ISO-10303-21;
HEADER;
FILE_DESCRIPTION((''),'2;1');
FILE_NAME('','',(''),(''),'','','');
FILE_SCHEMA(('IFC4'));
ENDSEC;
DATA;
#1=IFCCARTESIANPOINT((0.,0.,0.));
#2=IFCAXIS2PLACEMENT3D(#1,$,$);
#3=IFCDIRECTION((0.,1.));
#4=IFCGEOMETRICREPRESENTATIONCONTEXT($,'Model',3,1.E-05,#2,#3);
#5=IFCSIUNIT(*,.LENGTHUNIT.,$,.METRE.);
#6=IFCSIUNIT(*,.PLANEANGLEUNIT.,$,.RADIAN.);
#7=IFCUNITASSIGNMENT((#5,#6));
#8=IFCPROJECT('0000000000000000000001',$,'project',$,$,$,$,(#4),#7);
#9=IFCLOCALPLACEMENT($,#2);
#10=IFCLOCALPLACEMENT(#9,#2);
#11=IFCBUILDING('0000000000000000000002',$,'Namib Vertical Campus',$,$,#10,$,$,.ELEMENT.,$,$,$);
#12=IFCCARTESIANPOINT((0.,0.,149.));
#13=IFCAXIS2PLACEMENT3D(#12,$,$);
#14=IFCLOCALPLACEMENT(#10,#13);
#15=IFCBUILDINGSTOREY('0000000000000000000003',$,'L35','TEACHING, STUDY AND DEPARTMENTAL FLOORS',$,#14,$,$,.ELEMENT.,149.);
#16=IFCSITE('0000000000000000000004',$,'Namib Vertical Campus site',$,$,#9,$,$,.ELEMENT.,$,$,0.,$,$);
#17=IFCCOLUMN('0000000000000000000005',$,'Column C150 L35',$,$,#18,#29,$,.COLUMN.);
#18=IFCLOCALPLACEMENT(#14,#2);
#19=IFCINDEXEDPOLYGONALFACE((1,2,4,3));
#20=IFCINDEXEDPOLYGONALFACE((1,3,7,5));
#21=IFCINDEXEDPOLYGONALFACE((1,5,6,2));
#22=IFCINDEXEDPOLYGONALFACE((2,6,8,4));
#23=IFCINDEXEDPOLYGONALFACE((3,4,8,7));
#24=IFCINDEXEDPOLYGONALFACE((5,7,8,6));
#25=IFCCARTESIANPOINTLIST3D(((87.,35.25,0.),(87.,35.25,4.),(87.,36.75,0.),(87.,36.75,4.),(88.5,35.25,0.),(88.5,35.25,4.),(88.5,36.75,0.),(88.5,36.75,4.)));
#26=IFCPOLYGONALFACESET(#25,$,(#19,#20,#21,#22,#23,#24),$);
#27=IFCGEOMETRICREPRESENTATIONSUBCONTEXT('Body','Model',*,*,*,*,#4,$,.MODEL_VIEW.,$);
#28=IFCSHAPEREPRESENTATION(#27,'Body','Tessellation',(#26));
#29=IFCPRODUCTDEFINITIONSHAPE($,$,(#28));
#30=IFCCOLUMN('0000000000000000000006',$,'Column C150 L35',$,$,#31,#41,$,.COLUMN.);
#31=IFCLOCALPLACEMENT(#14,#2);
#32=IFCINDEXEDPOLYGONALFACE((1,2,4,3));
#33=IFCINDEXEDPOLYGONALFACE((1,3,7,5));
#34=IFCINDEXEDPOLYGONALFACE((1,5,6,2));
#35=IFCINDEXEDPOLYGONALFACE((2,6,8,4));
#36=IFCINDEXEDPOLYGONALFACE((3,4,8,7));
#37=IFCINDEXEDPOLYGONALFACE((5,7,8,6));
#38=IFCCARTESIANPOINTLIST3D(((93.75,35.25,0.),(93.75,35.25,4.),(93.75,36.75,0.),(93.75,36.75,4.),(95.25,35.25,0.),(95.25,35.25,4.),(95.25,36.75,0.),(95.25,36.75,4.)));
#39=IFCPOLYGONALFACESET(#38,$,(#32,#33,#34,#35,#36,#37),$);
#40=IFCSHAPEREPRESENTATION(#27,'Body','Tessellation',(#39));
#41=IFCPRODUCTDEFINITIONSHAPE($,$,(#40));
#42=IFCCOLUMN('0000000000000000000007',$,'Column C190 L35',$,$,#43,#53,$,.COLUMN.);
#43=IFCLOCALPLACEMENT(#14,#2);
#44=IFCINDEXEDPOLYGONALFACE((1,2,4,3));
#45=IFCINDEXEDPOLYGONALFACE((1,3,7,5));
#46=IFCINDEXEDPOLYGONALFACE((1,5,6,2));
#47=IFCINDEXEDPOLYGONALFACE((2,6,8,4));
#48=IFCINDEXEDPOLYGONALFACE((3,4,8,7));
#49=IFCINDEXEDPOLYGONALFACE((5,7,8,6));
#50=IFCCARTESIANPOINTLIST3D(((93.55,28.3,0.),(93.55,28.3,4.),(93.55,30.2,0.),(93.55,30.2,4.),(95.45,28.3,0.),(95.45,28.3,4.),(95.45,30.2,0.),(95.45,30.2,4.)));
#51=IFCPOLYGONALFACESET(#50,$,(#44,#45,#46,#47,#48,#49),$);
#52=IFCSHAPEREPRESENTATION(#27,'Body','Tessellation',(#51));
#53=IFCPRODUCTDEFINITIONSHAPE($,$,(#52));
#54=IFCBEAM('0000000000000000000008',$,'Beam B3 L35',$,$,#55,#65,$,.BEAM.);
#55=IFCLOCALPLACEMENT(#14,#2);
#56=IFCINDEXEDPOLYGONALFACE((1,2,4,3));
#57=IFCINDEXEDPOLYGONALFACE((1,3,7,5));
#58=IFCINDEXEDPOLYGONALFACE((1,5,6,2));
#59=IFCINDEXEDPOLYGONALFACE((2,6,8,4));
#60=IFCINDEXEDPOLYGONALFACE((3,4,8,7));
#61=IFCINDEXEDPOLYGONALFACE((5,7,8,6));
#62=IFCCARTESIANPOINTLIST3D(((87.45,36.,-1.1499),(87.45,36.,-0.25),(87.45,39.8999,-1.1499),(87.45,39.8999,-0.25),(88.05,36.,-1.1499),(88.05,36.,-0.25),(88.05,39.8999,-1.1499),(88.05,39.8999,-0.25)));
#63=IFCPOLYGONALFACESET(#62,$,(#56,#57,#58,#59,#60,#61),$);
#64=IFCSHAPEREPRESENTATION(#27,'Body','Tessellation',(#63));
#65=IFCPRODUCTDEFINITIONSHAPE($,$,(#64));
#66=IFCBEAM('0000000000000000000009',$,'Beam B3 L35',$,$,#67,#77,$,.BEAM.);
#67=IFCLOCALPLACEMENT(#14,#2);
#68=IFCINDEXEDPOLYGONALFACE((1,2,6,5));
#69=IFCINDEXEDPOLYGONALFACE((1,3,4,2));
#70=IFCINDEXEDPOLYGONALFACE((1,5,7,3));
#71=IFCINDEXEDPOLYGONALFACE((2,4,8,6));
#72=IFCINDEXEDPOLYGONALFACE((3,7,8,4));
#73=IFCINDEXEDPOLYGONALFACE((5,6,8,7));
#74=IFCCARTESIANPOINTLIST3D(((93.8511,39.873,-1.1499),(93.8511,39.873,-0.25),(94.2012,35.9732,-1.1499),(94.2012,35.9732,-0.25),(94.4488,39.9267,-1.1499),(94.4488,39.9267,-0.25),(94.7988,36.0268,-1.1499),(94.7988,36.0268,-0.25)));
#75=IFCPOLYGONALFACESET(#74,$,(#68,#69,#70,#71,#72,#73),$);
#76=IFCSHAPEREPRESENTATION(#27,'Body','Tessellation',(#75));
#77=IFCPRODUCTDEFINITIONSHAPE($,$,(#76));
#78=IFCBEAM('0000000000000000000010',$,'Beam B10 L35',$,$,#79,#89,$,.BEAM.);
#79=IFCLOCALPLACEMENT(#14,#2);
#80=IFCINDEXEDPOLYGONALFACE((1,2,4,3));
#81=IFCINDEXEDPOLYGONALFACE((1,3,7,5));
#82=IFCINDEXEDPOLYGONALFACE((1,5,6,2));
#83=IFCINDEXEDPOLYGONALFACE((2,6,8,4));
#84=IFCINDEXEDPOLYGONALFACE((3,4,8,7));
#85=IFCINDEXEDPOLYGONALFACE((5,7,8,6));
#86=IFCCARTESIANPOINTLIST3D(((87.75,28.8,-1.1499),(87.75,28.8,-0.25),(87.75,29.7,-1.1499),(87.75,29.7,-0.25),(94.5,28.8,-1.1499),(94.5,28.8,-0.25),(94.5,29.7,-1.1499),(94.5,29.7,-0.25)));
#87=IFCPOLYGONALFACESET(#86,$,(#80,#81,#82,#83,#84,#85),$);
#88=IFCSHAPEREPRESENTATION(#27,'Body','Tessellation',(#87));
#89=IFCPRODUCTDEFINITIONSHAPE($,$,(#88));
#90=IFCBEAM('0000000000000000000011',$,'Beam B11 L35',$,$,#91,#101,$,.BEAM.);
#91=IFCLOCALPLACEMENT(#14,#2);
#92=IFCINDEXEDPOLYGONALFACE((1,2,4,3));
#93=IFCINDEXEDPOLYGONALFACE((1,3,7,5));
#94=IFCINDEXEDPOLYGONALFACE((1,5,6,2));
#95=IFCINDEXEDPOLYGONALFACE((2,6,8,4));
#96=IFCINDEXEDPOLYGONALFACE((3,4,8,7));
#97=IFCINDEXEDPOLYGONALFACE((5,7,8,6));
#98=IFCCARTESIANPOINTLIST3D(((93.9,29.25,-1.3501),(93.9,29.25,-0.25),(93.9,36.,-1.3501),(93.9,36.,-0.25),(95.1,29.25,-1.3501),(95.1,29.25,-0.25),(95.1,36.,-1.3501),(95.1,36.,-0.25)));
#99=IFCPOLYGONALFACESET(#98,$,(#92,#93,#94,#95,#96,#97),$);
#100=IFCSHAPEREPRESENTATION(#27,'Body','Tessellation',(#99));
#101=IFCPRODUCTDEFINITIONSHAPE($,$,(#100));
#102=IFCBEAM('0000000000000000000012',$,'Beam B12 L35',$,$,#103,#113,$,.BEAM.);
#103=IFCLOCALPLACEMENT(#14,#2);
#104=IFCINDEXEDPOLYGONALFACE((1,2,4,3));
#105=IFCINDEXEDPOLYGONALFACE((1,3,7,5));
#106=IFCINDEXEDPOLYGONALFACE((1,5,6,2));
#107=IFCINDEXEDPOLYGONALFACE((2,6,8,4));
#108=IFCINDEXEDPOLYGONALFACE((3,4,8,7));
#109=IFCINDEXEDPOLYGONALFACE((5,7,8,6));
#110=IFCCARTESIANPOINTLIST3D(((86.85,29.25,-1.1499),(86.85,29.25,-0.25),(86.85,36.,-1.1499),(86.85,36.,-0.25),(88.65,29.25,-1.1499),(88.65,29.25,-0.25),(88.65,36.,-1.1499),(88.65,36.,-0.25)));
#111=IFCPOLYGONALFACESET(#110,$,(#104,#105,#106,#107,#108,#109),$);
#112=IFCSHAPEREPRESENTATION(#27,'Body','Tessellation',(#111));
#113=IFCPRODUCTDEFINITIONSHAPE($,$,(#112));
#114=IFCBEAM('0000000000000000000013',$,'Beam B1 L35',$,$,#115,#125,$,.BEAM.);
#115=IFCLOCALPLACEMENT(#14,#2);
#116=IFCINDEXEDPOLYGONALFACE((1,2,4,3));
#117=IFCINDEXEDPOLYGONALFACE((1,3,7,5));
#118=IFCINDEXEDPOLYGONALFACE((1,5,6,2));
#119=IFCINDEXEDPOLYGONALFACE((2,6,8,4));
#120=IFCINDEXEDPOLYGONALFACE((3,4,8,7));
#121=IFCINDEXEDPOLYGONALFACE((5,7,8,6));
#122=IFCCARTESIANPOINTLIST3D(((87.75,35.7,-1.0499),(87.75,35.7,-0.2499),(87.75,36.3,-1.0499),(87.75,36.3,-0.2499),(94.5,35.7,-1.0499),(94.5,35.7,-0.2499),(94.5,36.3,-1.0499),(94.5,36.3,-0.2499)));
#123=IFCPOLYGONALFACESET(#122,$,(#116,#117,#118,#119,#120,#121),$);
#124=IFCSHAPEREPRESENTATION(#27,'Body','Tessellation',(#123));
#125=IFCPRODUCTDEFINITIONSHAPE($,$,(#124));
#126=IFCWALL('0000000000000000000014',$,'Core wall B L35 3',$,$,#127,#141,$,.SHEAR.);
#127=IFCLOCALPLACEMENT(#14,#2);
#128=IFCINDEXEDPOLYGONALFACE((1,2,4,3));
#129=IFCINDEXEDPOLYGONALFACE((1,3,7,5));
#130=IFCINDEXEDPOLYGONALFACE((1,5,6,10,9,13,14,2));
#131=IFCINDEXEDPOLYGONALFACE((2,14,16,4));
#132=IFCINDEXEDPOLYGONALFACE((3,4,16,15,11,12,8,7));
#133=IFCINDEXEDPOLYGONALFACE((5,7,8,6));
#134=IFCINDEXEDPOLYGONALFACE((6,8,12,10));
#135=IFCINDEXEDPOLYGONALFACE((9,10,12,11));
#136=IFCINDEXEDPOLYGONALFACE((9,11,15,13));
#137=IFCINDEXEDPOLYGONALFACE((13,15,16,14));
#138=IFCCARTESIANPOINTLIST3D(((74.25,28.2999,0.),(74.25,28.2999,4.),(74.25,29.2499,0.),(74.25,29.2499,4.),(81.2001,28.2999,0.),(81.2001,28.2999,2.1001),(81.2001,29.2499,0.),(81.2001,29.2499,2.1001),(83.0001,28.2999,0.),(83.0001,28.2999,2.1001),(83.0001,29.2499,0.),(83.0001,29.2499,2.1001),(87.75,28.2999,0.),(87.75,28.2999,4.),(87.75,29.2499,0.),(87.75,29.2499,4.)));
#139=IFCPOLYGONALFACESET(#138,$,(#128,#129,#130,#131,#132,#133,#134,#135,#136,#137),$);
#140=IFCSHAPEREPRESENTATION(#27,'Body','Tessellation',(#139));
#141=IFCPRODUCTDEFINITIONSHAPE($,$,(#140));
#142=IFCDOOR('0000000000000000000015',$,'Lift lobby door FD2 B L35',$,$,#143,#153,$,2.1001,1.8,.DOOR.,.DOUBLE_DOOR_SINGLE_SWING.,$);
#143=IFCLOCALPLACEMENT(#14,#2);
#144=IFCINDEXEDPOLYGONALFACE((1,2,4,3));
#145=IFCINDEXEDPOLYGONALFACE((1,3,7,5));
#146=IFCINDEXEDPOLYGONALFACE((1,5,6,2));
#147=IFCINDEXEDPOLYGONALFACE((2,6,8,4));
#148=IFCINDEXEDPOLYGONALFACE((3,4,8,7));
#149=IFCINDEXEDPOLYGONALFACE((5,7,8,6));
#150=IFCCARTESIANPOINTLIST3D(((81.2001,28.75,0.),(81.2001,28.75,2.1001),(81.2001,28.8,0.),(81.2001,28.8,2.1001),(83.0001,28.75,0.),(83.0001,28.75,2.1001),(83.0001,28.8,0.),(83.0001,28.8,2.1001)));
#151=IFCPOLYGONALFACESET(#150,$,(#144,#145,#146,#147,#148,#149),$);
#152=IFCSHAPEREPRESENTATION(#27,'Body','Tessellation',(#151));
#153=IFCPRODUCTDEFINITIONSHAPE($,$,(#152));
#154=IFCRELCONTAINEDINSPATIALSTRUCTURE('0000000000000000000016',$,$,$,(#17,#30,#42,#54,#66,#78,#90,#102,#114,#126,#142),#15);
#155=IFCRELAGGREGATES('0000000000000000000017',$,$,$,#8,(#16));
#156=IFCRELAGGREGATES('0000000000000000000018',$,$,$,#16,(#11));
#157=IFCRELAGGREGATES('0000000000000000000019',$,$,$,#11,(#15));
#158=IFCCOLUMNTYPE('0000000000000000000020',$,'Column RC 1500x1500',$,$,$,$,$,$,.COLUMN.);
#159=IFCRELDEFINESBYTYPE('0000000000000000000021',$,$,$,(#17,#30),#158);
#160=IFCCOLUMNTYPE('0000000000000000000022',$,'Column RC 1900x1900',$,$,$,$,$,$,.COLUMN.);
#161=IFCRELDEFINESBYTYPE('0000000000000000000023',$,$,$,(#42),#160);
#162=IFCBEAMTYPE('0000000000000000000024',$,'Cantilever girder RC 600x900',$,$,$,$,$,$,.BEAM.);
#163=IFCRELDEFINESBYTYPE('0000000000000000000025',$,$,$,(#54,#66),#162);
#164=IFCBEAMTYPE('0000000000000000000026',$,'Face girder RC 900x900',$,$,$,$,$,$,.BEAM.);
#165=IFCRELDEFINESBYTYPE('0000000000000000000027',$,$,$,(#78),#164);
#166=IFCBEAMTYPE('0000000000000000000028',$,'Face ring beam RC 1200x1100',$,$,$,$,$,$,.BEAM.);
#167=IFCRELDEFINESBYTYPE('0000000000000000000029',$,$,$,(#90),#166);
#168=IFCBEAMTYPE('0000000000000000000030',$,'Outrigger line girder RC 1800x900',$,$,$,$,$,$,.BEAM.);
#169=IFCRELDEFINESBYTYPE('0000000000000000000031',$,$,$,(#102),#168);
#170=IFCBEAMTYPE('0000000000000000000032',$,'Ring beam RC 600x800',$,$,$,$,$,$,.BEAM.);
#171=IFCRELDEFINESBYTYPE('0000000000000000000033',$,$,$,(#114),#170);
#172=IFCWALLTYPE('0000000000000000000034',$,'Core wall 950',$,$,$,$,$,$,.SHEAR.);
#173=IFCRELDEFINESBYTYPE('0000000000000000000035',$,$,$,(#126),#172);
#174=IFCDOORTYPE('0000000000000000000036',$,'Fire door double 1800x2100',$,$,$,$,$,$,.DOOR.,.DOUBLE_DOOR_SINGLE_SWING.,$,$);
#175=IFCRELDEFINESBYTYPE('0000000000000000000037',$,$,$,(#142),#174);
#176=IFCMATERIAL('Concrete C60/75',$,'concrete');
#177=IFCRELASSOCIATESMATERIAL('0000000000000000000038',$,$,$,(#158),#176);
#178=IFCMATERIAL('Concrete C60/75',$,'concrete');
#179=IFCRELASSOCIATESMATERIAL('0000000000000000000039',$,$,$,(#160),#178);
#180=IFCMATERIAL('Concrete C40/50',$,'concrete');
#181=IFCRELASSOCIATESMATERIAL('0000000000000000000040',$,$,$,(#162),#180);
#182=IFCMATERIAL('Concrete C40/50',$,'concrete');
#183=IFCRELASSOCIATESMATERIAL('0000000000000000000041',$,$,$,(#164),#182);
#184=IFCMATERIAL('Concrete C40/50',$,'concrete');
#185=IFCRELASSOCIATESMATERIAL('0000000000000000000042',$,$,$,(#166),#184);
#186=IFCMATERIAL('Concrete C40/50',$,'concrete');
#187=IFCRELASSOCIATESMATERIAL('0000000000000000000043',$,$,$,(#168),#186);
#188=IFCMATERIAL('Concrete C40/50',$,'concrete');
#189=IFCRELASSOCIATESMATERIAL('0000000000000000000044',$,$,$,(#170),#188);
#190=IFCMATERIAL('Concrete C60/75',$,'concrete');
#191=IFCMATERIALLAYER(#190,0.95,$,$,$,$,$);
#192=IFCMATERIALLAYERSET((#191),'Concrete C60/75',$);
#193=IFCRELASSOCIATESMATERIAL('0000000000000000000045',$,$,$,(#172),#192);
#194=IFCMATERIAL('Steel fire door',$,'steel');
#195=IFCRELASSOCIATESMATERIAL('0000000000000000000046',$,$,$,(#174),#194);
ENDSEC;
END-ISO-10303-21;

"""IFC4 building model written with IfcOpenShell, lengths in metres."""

from ifc_helpers import new_model, si_unit, direction, frame, frame_2d, origin, origin_2d, place, context, subcontext, project, spatial, rectangle, extrude, material, layer, layer_set, material_profile, profile_set, type_object, element, fill, save


model = new_model("IFC4")

# Units and contexts
model_context = context("Model", 3, precision=1e-05, world=origin(), true_north=direction((0.0, 1.0)))
body_context = subcontext(model_context, "Body", "Model", "MODEL_VIEW")
ifc_project = project(units=[si_unit("LENGTHUNIT", "METRE"), si_unit("PLANEANGLEUNIT", "RADIAN")], contexts=[model_context])

# Site, building, storey
site_placement = place(None, origin())
site = spatial("IfcSite", under=ifc_project, at=site_placement, Name="Namib Vertical Campus site", CompositionType="ELEMENT", RefElevation=0.0)
building_placement = place(site_placement, origin())
building = spatial("IfcBuilding", under=site, at=building_placement, Name="Namib Vertical Campus", CompositionType="ELEMENT")
storey_placement = place(building_placement, frame((0.0, 0.0, 149.0)))
storey = spatial("IfcBuildingStorey", under=building, at=storey_placement, Name="L35", Description="TEACHING, STUDY AND DEPARTMENTAL FLOORS", CompositionType="ELEMENT", Elevation=149.0)

# Columns
ifc_material_1 = material(Name="Concrete C60/75", Category="concrete")
ifc_material_profile_1 = material_profile(ifc_material_1, rectangle(XDim=1.5, YDim=1.5, at=origin_2d()))
ifc_profile_set_1 = profile_set([ifc_material_profile_1], Name="Concrete C60/75")
column_type_1 = type_object("IfcColumnType", Name="Column RC 1500x1500", PredefinedType="COLUMN", material=ifc_profile_set_1)
for number, where, z_axis, x_axis, name in (
    (1, (87.75, 36.0, 0.0), (0.0, 0.0, 1.0), (1.0, 0.0, 0.0), "Column C150 L35"),
    (2, (94.5, 36.0, 0.0), (0.0, 0.0, 1.0), (1.0, 0.0, 0.0), "Column C150 L35"),
):
    element("IfcColumn", number, at=place(storey_placement, frame(where, z_axis=z_axis, x_axis=x_axis)), inside=storey, type_object=column_type_1, Name=name, PredefinedType="COLUMN", context=body_context, shape_type="SweptSolid", body=[
        extrude(rectangle(XDim=1.5, YDim=1.5, at=origin_2d()), origin(), (0.0, 0.0, 1.0), 4.0),
    ])
ifc_material_2 = material(Name="Concrete C60/75", Category="concrete")
ifc_material_profile_2 = material_profile(ifc_material_2, rectangle(XDim=1.8999, YDim=1.8999, at=origin_2d()))
ifc_profile_set_2 = profile_set([ifc_material_profile_2], Name="Concrete C60/75")
column_type_2 = type_object("IfcColumnType", Name="Column RC 1900x1900", PredefinedType="COLUMN", material=ifc_profile_set_2)
column_placement = place(storey_placement, frame((94.5, 29.25, 0.0), z_axis=(0.0, 0.0, 1.0), x_axis=(1.0, 0.0, 0.0)))
element("IfcColumn", 3, at=column_placement, inside=storey, type_object=column_type_2, Name="Column C190 L35", PredefinedType="COLUMN", context=body_context, shape_type="SweptSolid", body=[
    extrude(rectangle(XDim=1.8999, YDim=1.8999, at=origin_2d()), origin(), (0.0, 0.0, 1.0), 4.0),
])

# Beams
ifc_material_3 = material(Name="Concrete C40/50", Category="concrete")
ifc_material_profile_3 = material_profile(ifc_material_3, rectangle(XDim=0.6001, YDim=0.8999, at=origin_2d()))
ifc_profile_set_3 = profile_set([ifc_material_profile_3], Name="Concrete C40/50")
beam_type_1 = type_object("IfcBeamType", Name="Cantilever girder RC 600x900", PredefinedType="BEAM", material=ifc_profile_set_3)
beam_1_placement = place(storey_placement, frame((87.75, 36.0, -0.7), z_axis=(0.0, 1.0, 0.0), x_axis=(-1.0, 0.0, 0.0)))
element("IfcBeam", 4, at=beam_1_placement, inside=storey, type_object=beam_type_1, Name="Beam B3 L35", PredefinedType="BEAM", context=body_context, shape_type="SweptSolid", body=[
    extrude(rectangle(XDim=0.6001, YDim=0.8999, at=origin_2d()), origin(), (0.0, 0.0, 1.0), 3.8999),
])
beam_2_placement = place(storey_placement, frame((94.5, 36.0, -0.7), z_axis=(-0.089411, 0.995995, 0.0), x_axis=(-0.995995, -0.089411, 0.0)))
element("IfcBeam", 5, at=beam_2_placement, inside=storey, type_object=beam_type_1, Name="Beam B3 L35", PredefinedType="BEAM", context=body_context, shape_type="SweptSolid", body=[
    extrude(rectangle(XDim=0.6001, YDim=0.8999, at=origin_2d()), origin(), (0.0, 0.0, 1.0), 3.9155),
])
ifc_material_4 = material(Name="Concrete C40/50", Category="concrete")
ifc_material_profile_4 = material_profile(ifc_material_4, rectangle(XDim=0.8999, YDim=0.8999, at=origin_2d()))
ifc_profile_set_4 = profile_set([ifc_material_profile_4], Name="Concrete C40/50")
beam_type_2 = type_object("IfcBeamType", Name="Face girder RC 900x900", PredefinedType="BEAM", material=ifc_profile_set_4)
beam_3_placement = place(storey_placement, frame((94.5, 29.25, -0.7), z_axis=(-1.0, 0.0, 0.0), x_axis=(0.0, -1.0, 0.0)))
element("IfcBeam", 6, at=beam_3_placement, inside=storey, type_object=beam_type_2, Name="Beam B10 L35", PredefinedType="BEAM", context=body_context, shape_type="SweptSolid", body=[
    extrude(rectangle(XDim=0.8999, YDim=0.8999, at=origin_2d()), origin(), (0.0, 0.0, 1.0), 6.75),
])
ifc_material_5 = material(Name="Concrete C40/50", Category="concrete")
ifc_material_profile_5 = material_profile(ifc_material_5, rectangle(XDim=1.2, YDim=1.1001, at=origin_2d()))
ifc_profile_set_5 = profile_set([ifc_material_profile_5], Name="Concrete C40/50")
beam_type_3 = type_object("IfcBeamType", Name="Face ring beam RC 1200x1100", PredefinedType="BEAM", material=ifc_profile_set_5)
beam_4_placement = place(storey_placement, frame((94.5, 29.25, -0.8), z_axis=(0.0, 1.0, 0.0), x_axis=(-1.0, 0.0, 0.0)))
element("IfcBeam", 7, at=beam_4_placement, inside=storey, type_object=beam_type_3, Name="Beam B11 L35", PredefinedType="BEAM", context=body_context, shape_type="SweptSolid", body=[
    extrude(rectangle(XDim=1.2, YDim=1.1001, at=origin_2d()), origin(), (0.0, 0.0, 1.0), 6.75),
])
ifc_material_6 = material(Name="Concrete C40/50", Category="concrete")
ifc_material_profile_6 = material_profile(ifc_material_6, rectangle(XDim=1.8, YDim=0.8999, at=origin_2d()))
ifc_profile_set_6 = profile_set([ifc_material_profile_6], Name="Concrete C40/50")
beam_type_4 = type_object("IfcBeamType", Name="Outrigger line girder RC 1800x900", PredefinedType="BEAM", material=ifc_profile_set_6)
beam_5_placement = place(storey_placement, frame((87.75, 36.0, -0.7), z_axis=(0.0, -1.0, 0.0), x_axis=(1.0, 0.0, 0.0)))
element("IfcBeam", 8, at=beam_5_placement, inside=storey, type_object=beam_type_4, Name="Beam B12 L35", PredefinedType="BEAM", context=body_context, shape_type="SweptSolid", body=[
    extrude(rectangle(XDim=1.8, YDim=0.8999, at=origin_2d()), origin(), (0.0, 0.0, 1.0), 6.75),
])
ifc_material_7 = material(Name="Concrete C40/50", Category="concrete")
ifc_material_profile_7 = material_profile(ifc_material_7, rectangle(XDim=0.6001, YDim=0.8, at=origin_2d()))
ifc_profile_set_7 = profile_set([ifc_material_profile_7], Name="Concrete C40/50")
beam_type_5 = type_object("IfcBeamType", Name="Ring beam RC 600x800", PredefinedType="BEAM", material=ifc_profile_set_7)
beam_6_placement = place(storey_placement, frame((87.75, 36.0, -0.6499), z_axis=(1.0, 0.0, 0.0), x_axis=(0.0, 1.0, 0.0)))
element("IfcBeam", 9, at=beam_6_placement, inside=storey, type_object=beam_type_5, Name="Beam B1 L35", PredefinedType="BEAM", context=body_context, shape_type="SweptSolid", body=[
    extrude(rectangle(XDim=0.6001, YDim=0.8, at=origin_2d()), origin(), (0.0, 0.0, 1.0), 6.75),
])

# Wall, opening, door
ifc_material_8 = material(Name="Concrete C60/75", Category="concrete")
ifc_layer_1 = layer(ifc_material_8, 0.95)
ifc_layer_set_1 = layer_set([ifc_layer_1], Name="Concrete C60/75")
wall_type_1 = type_object("IfcWallType", Name="Core wall 950", PredefinedType="SHEAR", material=ifc_layer_set_1)
wall_1_placement = place(storey_placement, frame((87.75, 28.7749, 0.0), z_axis=(0.0, 0.0, 1.0), x_axis=(-1.0, 0.0, 0.0)))
wall_1 = element("IfcWall", 10, at=wall_1_placement, inside=storey, type_object=wall_type_1, Name="Core wall B L35 3", PredefinedType="SHEAR", context=body_context, shape_type="SweptSolid", body=[
    extrude(rectangle(XDim=13.5, YDim=0.95, at=frame_2d((6.75, 0.0))), origin(), (0.0, 0.0, 1.0), 4.0),
])
opening_1_placement = place(wall_1_placement, frame((4.75, 0.0, 0.0)))
opening_1 = element("IfcOpeningElement", 11, at=opening_1_placement, cuts=wall_1, PredefinedType="OPENING", context=body_context, shape_type="SweptSolid", body=[
    extrude(rectangle(XDim=1.8, YDim=2.1001, at=frame_2d((0.8999, 1.05))), frame((0.0, 0.4849, 0.0), z_axis=(0.0, -1.0, 0.0), x_axis=(1.0, 0.0, 0.0)), (0.0, 0.0, 1.0), 0.97),
])
ifc_material_9 = material(Name="Steel fire door", Category="steel")
door_type_1 = type_object("IfcDoorType", Name="Fire door double 1800x2100", OperationType="DOUBLE_DOOR_SINGLE_SWING", PredefinedType="DOOR", material=ifc_material_9)
door_1_placement = place(opening_1_placement, origin())
door_1 = element("IfcDoor", 12, at=door_1_placement, inside=storey, type_object=door_type_1, Name="Lift lobby door FD2 B L35", OperationType="DOUBLE_DOOR_SINGLE_SWING", OverallHeight=2.1001, OverallWidth=1.8, PredefinedType="DOOR", context=body_context, shape_type="SweptSolid", body=[
    extrude(rectangle(XDim=1.8, YDim=2.1001, at=frame_2d((0.8999, 1.05))), frame((0.0, 0.0249, 0.0), z_axis=(0.0, -1.0, 0.0), x_axis=(1.0, 0.0, 0.0)), (0.0, 0.0, 1.0), 0.05),
])
fill(opening_1, door_1)

save(model, "model.ifc")
